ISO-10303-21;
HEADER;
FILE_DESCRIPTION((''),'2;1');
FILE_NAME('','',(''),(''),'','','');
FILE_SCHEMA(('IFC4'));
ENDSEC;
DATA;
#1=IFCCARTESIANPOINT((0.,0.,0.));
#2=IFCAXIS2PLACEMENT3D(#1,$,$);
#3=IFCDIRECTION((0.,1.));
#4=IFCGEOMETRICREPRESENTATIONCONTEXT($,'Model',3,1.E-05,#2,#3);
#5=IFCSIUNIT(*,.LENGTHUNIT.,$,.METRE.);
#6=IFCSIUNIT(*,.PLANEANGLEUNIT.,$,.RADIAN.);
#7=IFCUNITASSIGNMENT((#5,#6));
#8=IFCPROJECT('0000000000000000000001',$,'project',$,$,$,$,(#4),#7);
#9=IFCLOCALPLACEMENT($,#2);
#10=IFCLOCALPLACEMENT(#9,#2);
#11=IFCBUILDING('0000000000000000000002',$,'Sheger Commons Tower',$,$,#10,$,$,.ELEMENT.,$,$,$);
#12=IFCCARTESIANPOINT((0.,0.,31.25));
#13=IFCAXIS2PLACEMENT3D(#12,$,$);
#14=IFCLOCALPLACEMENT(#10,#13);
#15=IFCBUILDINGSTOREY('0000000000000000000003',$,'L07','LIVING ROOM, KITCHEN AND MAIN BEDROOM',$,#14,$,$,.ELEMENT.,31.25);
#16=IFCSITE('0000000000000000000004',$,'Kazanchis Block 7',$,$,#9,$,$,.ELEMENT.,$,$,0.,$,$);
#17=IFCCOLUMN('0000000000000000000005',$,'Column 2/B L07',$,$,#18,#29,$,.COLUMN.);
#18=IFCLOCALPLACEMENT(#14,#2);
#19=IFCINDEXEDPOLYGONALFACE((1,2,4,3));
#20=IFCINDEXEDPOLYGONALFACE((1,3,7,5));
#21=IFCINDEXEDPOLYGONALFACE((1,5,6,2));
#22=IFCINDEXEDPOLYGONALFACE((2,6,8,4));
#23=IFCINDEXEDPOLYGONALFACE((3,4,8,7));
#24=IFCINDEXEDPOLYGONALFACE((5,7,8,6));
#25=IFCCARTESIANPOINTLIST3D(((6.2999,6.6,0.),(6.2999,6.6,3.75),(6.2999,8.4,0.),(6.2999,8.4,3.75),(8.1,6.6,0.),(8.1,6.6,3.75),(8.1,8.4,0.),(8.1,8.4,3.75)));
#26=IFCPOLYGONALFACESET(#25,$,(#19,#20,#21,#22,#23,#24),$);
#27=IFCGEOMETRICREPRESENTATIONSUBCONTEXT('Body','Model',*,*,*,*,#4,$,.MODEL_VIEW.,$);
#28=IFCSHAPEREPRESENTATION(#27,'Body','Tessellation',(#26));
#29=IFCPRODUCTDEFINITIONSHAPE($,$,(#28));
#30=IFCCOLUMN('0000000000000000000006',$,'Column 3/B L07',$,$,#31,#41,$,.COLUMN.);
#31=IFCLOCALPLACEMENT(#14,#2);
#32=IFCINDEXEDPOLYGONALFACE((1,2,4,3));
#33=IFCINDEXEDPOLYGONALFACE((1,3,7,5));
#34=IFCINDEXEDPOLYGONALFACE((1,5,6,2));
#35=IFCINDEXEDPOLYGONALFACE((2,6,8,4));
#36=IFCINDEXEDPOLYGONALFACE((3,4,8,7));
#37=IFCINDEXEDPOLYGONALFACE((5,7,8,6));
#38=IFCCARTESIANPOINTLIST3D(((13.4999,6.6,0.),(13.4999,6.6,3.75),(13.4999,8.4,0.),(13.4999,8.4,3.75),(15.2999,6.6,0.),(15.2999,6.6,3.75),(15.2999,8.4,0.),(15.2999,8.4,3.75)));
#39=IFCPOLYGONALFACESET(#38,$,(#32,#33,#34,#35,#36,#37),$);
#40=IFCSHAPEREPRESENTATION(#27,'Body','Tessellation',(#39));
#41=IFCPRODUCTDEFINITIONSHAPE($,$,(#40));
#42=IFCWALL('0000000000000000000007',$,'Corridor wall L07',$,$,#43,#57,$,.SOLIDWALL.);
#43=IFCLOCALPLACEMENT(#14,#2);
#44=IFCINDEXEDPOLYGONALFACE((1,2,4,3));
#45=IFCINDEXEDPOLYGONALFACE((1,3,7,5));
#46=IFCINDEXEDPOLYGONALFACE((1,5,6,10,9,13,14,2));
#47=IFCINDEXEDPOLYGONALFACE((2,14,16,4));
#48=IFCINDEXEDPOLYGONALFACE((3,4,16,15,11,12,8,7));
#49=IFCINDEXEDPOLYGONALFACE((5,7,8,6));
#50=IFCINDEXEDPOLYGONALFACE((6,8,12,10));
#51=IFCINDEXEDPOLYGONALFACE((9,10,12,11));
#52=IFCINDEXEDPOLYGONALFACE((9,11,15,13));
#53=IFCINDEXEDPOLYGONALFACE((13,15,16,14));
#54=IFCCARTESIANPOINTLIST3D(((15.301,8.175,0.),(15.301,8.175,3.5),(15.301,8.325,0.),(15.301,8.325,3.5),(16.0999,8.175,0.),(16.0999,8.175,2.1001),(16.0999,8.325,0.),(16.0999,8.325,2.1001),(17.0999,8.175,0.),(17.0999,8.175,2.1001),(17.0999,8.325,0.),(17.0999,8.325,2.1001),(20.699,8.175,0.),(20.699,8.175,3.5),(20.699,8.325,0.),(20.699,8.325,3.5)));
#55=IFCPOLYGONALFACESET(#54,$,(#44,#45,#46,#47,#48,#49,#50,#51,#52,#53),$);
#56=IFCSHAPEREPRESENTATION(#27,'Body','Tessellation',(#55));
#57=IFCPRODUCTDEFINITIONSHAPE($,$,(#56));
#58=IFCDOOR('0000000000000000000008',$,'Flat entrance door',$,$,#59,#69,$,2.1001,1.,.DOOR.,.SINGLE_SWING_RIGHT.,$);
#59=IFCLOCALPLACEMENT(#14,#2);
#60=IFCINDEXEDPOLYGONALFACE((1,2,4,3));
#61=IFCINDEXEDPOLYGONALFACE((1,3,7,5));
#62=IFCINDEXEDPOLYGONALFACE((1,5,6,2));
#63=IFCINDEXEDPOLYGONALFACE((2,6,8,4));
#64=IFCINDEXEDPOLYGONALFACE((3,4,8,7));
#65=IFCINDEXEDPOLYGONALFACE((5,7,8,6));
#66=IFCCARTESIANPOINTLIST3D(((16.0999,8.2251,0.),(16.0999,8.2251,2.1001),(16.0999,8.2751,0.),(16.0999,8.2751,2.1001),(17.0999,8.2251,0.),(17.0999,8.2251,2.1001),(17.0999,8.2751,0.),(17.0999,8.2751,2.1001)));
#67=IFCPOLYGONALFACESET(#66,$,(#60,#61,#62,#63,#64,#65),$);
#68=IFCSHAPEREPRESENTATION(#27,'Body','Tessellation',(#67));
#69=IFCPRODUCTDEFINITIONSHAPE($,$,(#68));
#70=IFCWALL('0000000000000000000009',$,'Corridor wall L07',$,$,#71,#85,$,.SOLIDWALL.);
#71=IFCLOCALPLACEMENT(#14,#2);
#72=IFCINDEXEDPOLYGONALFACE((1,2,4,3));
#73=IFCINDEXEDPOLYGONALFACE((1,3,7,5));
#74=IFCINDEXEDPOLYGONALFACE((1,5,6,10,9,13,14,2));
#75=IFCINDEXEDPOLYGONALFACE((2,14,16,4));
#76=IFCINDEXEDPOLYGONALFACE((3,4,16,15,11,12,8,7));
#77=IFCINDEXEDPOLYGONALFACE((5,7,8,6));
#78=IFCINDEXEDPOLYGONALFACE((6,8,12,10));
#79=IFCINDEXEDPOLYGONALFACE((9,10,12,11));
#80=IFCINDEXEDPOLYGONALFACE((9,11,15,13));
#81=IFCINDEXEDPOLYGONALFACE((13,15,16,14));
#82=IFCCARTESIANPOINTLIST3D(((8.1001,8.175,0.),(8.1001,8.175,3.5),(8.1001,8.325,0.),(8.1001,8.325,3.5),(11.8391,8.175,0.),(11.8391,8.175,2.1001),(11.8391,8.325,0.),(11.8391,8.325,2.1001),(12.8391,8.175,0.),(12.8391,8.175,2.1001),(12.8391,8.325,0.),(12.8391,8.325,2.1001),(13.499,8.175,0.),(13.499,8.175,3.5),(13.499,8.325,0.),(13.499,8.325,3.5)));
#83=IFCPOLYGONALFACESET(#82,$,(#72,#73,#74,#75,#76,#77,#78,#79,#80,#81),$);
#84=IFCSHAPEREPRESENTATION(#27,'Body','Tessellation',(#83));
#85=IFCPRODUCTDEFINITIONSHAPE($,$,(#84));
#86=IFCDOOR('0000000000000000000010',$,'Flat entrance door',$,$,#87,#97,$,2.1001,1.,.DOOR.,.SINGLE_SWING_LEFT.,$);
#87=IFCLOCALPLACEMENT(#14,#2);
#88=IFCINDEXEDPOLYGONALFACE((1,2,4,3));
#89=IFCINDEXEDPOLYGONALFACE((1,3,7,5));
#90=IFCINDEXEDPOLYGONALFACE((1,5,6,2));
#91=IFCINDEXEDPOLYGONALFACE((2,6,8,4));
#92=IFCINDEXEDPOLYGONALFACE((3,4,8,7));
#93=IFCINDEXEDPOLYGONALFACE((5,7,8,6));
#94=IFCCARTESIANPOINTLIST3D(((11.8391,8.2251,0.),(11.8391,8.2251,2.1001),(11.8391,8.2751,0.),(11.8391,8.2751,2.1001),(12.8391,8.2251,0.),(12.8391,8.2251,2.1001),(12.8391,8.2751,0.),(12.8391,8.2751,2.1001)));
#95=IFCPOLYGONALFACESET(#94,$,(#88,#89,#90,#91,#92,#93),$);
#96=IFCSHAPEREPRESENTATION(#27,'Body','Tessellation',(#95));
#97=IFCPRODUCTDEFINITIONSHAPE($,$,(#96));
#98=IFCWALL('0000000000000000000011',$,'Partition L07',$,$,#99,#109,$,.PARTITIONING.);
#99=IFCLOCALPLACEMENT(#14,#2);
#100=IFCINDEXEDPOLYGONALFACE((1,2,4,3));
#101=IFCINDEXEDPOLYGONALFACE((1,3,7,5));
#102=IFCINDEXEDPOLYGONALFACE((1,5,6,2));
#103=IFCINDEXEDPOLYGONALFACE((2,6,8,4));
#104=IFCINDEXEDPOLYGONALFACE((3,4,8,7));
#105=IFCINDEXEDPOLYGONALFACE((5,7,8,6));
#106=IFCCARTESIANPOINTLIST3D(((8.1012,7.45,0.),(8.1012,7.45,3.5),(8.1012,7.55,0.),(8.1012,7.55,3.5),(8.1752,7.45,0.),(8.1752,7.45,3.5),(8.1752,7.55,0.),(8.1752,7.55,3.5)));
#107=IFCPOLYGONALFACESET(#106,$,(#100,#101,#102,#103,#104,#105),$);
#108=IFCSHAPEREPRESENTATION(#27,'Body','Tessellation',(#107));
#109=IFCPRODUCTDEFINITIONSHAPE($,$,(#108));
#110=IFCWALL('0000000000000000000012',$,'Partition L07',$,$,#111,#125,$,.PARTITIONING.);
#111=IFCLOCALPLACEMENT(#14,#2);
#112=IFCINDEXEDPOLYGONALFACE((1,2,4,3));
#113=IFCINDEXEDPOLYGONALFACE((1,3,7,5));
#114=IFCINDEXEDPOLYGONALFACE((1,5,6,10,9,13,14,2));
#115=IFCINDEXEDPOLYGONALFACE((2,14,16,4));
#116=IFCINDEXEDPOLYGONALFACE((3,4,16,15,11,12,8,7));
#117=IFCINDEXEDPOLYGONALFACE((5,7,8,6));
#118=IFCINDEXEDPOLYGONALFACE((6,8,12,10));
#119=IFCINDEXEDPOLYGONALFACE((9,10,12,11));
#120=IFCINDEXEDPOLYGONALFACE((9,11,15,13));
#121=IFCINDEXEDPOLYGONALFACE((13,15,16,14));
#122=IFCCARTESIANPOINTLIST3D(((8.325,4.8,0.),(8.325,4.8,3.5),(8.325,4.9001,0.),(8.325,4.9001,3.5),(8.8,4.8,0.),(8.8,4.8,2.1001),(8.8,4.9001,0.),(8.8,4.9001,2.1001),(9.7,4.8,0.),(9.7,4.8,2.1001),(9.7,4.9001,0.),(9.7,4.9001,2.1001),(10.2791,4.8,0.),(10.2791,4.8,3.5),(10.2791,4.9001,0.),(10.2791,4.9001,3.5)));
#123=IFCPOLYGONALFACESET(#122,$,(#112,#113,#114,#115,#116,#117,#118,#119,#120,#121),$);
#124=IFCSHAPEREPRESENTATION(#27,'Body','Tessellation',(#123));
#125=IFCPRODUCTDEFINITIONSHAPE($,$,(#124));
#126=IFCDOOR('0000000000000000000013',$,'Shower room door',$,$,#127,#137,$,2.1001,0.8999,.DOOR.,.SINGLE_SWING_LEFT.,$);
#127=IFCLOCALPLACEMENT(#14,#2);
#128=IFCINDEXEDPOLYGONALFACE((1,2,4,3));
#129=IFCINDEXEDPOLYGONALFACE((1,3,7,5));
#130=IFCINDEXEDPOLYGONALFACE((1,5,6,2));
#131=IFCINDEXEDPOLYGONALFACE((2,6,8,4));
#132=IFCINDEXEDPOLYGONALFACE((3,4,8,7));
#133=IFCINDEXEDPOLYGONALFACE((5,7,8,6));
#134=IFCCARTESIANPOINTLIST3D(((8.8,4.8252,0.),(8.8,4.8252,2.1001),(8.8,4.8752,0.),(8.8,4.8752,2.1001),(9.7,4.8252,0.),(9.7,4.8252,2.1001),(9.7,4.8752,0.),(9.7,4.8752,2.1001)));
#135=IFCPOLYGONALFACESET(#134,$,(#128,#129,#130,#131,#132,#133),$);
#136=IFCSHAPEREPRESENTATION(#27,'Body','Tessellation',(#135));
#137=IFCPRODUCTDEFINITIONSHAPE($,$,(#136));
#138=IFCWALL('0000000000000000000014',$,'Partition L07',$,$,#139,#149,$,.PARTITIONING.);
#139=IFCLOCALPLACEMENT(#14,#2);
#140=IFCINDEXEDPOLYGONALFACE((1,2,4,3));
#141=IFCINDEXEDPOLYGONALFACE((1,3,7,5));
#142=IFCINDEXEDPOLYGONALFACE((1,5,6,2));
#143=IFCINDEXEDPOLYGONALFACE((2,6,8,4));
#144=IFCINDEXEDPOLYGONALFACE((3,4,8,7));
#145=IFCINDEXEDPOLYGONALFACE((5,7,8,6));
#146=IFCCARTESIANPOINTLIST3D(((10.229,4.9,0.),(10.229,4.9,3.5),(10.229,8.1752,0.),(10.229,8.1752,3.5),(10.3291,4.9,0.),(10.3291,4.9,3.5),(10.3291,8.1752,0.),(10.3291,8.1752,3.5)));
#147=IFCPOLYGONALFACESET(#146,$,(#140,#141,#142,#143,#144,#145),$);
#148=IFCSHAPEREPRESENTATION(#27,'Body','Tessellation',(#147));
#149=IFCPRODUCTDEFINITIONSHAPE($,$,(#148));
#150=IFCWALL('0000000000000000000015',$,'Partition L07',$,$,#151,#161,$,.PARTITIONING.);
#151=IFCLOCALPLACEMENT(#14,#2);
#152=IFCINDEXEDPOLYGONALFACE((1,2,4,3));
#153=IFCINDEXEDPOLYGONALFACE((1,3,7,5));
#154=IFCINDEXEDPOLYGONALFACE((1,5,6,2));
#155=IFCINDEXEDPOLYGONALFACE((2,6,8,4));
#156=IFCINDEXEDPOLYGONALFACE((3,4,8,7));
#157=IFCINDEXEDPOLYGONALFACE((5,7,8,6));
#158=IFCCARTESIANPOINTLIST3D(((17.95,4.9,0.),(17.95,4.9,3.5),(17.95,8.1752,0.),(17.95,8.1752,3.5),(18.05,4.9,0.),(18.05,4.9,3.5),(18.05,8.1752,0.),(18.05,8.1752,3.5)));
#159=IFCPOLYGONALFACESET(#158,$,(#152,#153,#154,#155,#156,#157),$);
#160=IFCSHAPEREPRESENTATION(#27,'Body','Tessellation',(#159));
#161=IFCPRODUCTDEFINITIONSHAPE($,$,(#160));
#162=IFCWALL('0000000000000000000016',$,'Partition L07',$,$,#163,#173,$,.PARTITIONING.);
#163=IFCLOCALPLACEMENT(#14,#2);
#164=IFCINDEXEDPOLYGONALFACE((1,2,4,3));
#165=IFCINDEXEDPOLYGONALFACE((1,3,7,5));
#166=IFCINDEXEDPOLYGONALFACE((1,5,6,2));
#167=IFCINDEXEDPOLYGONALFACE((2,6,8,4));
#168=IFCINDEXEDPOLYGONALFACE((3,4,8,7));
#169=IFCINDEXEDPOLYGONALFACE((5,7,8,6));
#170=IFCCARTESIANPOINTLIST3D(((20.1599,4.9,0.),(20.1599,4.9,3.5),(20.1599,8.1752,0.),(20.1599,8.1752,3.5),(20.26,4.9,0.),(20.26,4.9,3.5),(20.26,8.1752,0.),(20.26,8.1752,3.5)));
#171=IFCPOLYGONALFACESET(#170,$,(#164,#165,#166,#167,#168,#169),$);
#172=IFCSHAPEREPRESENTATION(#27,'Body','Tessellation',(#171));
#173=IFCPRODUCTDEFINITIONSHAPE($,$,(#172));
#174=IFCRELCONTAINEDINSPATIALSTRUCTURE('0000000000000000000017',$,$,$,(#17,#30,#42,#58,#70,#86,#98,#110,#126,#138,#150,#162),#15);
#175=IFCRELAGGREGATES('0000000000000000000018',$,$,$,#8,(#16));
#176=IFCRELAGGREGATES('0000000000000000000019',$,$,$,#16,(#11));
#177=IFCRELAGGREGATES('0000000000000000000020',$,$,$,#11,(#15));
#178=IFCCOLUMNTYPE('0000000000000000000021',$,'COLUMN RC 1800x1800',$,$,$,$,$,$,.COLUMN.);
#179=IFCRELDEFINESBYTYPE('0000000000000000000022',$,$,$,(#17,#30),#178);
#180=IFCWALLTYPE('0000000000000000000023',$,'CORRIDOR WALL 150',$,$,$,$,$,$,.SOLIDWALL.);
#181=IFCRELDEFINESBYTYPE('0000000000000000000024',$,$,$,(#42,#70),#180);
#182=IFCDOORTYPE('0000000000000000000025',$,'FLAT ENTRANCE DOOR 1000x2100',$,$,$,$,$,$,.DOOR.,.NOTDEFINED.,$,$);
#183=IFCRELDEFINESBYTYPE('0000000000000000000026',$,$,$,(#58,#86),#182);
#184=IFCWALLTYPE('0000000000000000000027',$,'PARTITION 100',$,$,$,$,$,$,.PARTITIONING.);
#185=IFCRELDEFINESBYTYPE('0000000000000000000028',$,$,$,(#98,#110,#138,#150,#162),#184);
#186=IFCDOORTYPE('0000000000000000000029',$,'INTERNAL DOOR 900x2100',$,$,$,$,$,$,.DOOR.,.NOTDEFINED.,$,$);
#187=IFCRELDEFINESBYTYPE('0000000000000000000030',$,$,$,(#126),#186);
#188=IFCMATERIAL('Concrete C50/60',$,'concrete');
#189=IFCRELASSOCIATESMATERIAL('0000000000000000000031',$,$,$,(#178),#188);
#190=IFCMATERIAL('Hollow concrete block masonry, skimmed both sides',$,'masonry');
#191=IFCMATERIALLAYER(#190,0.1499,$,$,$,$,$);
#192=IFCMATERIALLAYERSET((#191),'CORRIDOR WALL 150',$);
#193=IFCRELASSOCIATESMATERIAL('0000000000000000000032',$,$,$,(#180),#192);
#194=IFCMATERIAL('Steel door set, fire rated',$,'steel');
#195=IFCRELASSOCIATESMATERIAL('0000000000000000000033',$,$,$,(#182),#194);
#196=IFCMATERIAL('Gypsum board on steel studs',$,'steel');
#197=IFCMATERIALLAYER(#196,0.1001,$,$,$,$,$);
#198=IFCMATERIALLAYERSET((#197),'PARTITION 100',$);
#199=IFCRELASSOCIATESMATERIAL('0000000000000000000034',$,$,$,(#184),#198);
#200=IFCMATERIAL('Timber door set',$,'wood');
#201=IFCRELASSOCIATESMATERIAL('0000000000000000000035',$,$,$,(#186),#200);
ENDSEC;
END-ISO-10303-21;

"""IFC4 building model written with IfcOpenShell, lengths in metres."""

from ifc_helpers import new_model, si_unit, direction, frame, frame_2d, origin, origin_2d, place, context, subcontext, project, spatial, rectangle, extrude, material, layer, layer_set, material_profile, profile_set, type_object, element, fill, save


model = new_model("IFC4")

# Units and contexts
model_context = context("Model", 3, precision=1e-05, world=origin(), true_north=direction((0.0, 1.0)))
body_context = subcontext(model_context, "Body", "Model", "MODEL_VIEW")
ifc_project = project(units=[si_unit("LENGTHUNIT", "METRE"), si_unit("PLANEANGLEUNIT", "RADIAN")], contexts=[model_context])

# Site, building, storey
site_placement = place(None, origin())
site = spatial("IfcSite", under=ifc_project, at=site_placement, Name="Kazanchis Block 7", CompositionType="ELEMENT", RefElevation=0.0)
building_placement = place(site_placement, origin())
building = spatial("IfcBuilding", under=site, at=building_placement, Name="Sheger Commons Tower", CompositionType="ELEMENT")
storey_placement = place(building_placement, frame((0.0, 0.0, 31.25)))
storey = spatial("IfcBuildingStorey", under=building, at=storey_placement, Name="L07", Description="LIVING ROOM, KITCHEN AND MAIN BEDROOM", CompositionType="ELEMENT", Elevation=31.25)

# Columns
ifc_material_1 = material(Name="Concrete C50/60", Category="concrete")
ifc_material_profile = material_profile(ifc_material_1, rectangle(XDim=1.8, YDim=1.8, at=origin_2d()), Name="RC 1800x1800")
ifc_profile_set = profile_set([ifc_material_profile], Name="Concrete C50/60")
column_type = type_object("IfcColumnType", Name="COLUMN RC 1800x1800", PredefinedType="COLUMN", material=ifc_profile_set)
for number, where, z_axis, x_axis, name in (
    (1, (7.2, 7.5, 0.0), (0.0, 0.0, 1.0), (1.0, 0.0, 0.0), "Column 2/B L07"),
    (2, (14.3999, 7.5, 0.0), (0.0, 0.0, 1.0), (1.0, 0.0, 0.0), "Column 3/B L07"),
):
    element("IfcColumn", number, at=place(storey_placement, frame(where, z_axis=z_axis, x_axis=x_axis)), inside=storey, type_object=column_type, Name=name, PredefinedType="COLUMN", context=body_context, shape_type="SweptSolid", body=[
        extrude(rectangle(XDim=1.8, YDim=1.8, at=origin_2d()), origin(), (0.0, 0.0, 1.0), 3.75),
    ])

# Walls, openings, doors
ifc_material_2 = material(Name="Hollow concrete block masonry, skimmed both sides", Category="masonry")
ifc_layer_1 = layer(ifc_material_2, 0.1499)
ifc_layer_set_1 = layer_set([ifc_layer_1], Name="CORRIDOR WALL 150")
wall_type_1 = type_object("IfcWallType", Name="CORRIDOR WALL 150", PredefinedType="SOLIDWALL", material=ifc_layer_set_1)
wall_1_placement = place(storey_placement, frame((20.699, 8.25, 0.0), z_axis=(0.0, 0.0, 1.0), x_axis=(-1.0, 0.0, 0.0)))
wall_1 = element("IfcWall", 3, at=wall_1_placement, inside=storey, type_object=wall_type_1, Name="Corridor wall L07", PredefinedType="SOLIDWALL", context=body_context, shape_type="SweptSolid", body=[
    extrude(rectangle(XDim=5.3979, YDim=0.1499, at=frame_2d((2.699, 0.0))), origin(), (0.0, 0.0, 1.0), 3.5),
])
opening_1_placement = place(wall_1_placement, frame((3.5991, 0.0, 0.0)))
opening_1 = element("IfcOpeningElement", 4, at=opening_1_placement, cuts=wall_1, PredefinedType="OPENING", context=body_context, shape_type="SweptSolid", body=[
    extrude(rectangle(XDim=1.0, YDim=2.1001, at=frame_2d((0.5, 1.05))), frame((0.0, 0.085, 0.0), z_axis=(0.0, -1.0, 0.0), x_axis=(1.0, 0.0, 0.0)), (0.0, 0.0, 1.0), 0.1699),
])
ifc_material_3 = material(Name="Steel door set, fire rated", Category="steel")
door_type_1 = type_object("IfcDoorType", Name="FLAT ENTRANCE DOOR 1000x2100", OperationType="NOTDEFINED", PredefinedType="DOOR", material=ifc_material_3)
door_1_placement = place(opening_1_placement, origin())
door_1 = element("IfcDoor", 5, at=door_1_placement, inside=storey, type_object=door_type_1, Name="Flat entrance door", OperationType="SINGLE_SWING_RIGHT", OverallHeight=2.1001, OverallWidth=1.0, PredefinedType="DOOR", context=body_context, shape_type="SweptSolid", body=[
    extrude(rectangle(XDim=1.0, YDim=2.1001, at=frame_2d((0.5, 1.05))), frame((0.0, 0.0249, 0.0), z_axis=(0.0, -1.0, 0.0), x_axis=(1.0, 0.0, 0.0)), (0.0, 0.0, 1.0), 0.05),
])
fill(opening_1, door_1)
wall_2_placement = place(storey_placement, frame((13.499, 8.25, 0.0), z_axis=(0.0, 0.0, 1.0), x_axis=(-1.0, 0.0, 0.0)))
wall_2 = element("IfcWall", 6, at=wall_2_placement, inside=storey, type_object=wall_type_1, Name="Corridor wall L07", PredefinedType="SOLIDWALL", context=body_context, shape_type="SweptSolid", body=[
    extrude(rectangle(XDim=5.3989, YDim=0.1499, at=frame_2d((2.6995, 0.0))), origin(), (0.0, 0.0, 1.0), 3.5),
])
opening_2_placement = place(wall_2_placement, frame((0.6599, 0.0, 0.0)))
opening_2 = element("IfcOpeningElement", 7, at=opening_2_placement, cuts=wall_2, PredefinedType="OPENING", context=body_context, shape_type="SweptSolid", body=[
    extrude(rectangle(XDim=1.0, YDim=2.1001, at=frame_2d((0.5, 1.05))), frame((0.0, 0.085, 0.0), z_axis=(0.0, -1.0, 0.0), x_axis=(1.0, 0.0, 0.0)), (0.0, 0.0, 1.0), 0.1699),
])
door_2_placement = place(opening_2_placement, origin())
door_2 = element("IfcDoor", 8, at=door_2_placement, inside=storey, type_object=door_type_1, Name="Flat entrance door", OperationType="SINGLE_SWING_LEFT", OverallHeight=2.1001, OverallWidth=1.0, PredefinedType="DOOR", context=body_context, shape_type="SweptSolid", body=[
    extrude(rectangle(XDim=1.0, YDim=2.1001, at=frame_2d((0.5, 1.05))), frame((0.0, 0.0249, 0.0), z_axis=(0.0, -1.0, 0.0), x_axis=(1.0, 0.0, 0.0)), (0.0, 0.0, 1.0), 0.05),
])
fill(opening_2, door_2)

# Wall
ifc_material_4 = material(Name="Gypsum board on steel studs", Category="steel")
ifc_layer_2 = layer(ifc_material_4, 0.1001)
ifc_layer_set_2 = layer_set([ifc_layer_2], Name="PARTITION 100")
wall_type_2 = type_object("IfcWallType", Name="PARTITION 100", PredefinedType="PARTITIONING", material=ifc_layer_set_2)
wall_3_placement = place(storey_placement, frame((8.1011, 7.5, 0.0), z_axis=(0.0, 0.0, 1.0), x_axis=(1.0, 0.0, 0.0)))
element("IfcWall", 9, at=wall_3_placement, inside=storey, type_object=wall_type_2, Name="Partition L07", PredefinedType="PARTITIONING", context=body_context, shape_type="SweptSolid", body=[
    extrude(rectangle(XDim=0.074, YDim=0.1001, at=frame_2d((0.0371, 0.0))), origin(), (0.0, 0.0, 1.0), 3.5),
])

# Wall, opening, door
wall_4_placement = place(storey_placement, frame((10.2791, 4.8501, 0.0), z_axis=(0.0, 0.0, 1.0), x_axis=(-1.0, 0.0, 0.0)))
wall_4 = element("IfcWall", 10, at=wall_4_placement, inside=storey, type_object=wall_type_2, Name="Partition L07", PredefinedType="PARTITIONING", context=body_context, shape_type="SweptSolid", body=[
    extrude(rectangle(XDim=1.9541, YDim=0.1001, at=frame_2d((0.9771, 0.0))), origin(), (0.0, 0.0, 1.0), 3.5),
])
opening_3_placement = place(wall_4_placement, frame((0.5791, 0.0, 0.0)))
opening_3 = element("IfcOpeningElement", 11, at=opening_3_placement, cuts=wall_4, PredefinedType="OPENING", context=body_context, shape_type="SweptSolid", body=[
    extrude(rectangle(XDim=0.8999, YDim=2.1001, at=frame_2d((0.45, 1.05))), frame((0.0, 0.0601, 0.0), z_axis=(0.0, -1.0, 0.0), x_axis=(1.0, 0.0, 0.0)), (0.0, 0.0, 1.0), 0.1201),
])
ifc_material_5 = material(Name="Timber door set", Category="wood")
door_type_2 = type_object("IfcDoorType", Name="INTERNAL DOOR 900x2100", OperationType="NOTDEFINED", PredefinedType="DOOR", material=ifc_material_5)
door_3_placement = place(opening_3_placement, origin())
door_3 = element("IfcDoor", 12, at=door_3_placement, inside=storey, type_object=door_type_2, Name="Shower room door", OperationType="SINGLE_SWING_LEFT", OverallHeight=2.1001, OverallWidth=0.8999, PredefinedType="DOOR", context=body_context, shape_type="SweptSolid", body=[
    extrude(rectangle(XDim=0.8999, YDim=2.1001, at=frame_2d((0.45, 1.05))), frame((0.0, 0.0249, 0.0), z_axis=(0.0, -1.0, 0.0), x_axis=(1.0, 0.0, 0.0)), (0.0, 0.0, 1.0), 0.05),
])
fill(opening_3, door_3)

# Walls
for number, where, z_axis, x_axis, name in (
    (13, (10.2791, 4.8999, 0.0), (0.0, 0.0, 1.0), (0.0, 1.0, 0.0), "Partition L07"),
    (14, (18.0, 4.8999, 0.0), (0.0, 0.0, 1.0), (0.0, 1.0, 0.0), "Partition L07"),
    (15, (20.21, 4.8999, 0.0), (0.0, 0.0, 1.0), (0.0, 1.0, 0.0), "Partition L07"),
):
    element("IfcWall", number, at=place(storey_placement, frame(where, z_axis=z_axis, x_axis=x_axis)), inside=storey, type_object=wall_type_2, Name=name, PredefinedType="PARTITIONING", context=body_context, shape_type="SweptSolid", body=[
        extrude(rectangle(XDim=3.2751, YDim=0.1001, at=frame_2d((1.6377, 0.0))), origin(), (0.0, 0.0, 1.0), 3.5),
    ])

save(model, "model.ifc")
